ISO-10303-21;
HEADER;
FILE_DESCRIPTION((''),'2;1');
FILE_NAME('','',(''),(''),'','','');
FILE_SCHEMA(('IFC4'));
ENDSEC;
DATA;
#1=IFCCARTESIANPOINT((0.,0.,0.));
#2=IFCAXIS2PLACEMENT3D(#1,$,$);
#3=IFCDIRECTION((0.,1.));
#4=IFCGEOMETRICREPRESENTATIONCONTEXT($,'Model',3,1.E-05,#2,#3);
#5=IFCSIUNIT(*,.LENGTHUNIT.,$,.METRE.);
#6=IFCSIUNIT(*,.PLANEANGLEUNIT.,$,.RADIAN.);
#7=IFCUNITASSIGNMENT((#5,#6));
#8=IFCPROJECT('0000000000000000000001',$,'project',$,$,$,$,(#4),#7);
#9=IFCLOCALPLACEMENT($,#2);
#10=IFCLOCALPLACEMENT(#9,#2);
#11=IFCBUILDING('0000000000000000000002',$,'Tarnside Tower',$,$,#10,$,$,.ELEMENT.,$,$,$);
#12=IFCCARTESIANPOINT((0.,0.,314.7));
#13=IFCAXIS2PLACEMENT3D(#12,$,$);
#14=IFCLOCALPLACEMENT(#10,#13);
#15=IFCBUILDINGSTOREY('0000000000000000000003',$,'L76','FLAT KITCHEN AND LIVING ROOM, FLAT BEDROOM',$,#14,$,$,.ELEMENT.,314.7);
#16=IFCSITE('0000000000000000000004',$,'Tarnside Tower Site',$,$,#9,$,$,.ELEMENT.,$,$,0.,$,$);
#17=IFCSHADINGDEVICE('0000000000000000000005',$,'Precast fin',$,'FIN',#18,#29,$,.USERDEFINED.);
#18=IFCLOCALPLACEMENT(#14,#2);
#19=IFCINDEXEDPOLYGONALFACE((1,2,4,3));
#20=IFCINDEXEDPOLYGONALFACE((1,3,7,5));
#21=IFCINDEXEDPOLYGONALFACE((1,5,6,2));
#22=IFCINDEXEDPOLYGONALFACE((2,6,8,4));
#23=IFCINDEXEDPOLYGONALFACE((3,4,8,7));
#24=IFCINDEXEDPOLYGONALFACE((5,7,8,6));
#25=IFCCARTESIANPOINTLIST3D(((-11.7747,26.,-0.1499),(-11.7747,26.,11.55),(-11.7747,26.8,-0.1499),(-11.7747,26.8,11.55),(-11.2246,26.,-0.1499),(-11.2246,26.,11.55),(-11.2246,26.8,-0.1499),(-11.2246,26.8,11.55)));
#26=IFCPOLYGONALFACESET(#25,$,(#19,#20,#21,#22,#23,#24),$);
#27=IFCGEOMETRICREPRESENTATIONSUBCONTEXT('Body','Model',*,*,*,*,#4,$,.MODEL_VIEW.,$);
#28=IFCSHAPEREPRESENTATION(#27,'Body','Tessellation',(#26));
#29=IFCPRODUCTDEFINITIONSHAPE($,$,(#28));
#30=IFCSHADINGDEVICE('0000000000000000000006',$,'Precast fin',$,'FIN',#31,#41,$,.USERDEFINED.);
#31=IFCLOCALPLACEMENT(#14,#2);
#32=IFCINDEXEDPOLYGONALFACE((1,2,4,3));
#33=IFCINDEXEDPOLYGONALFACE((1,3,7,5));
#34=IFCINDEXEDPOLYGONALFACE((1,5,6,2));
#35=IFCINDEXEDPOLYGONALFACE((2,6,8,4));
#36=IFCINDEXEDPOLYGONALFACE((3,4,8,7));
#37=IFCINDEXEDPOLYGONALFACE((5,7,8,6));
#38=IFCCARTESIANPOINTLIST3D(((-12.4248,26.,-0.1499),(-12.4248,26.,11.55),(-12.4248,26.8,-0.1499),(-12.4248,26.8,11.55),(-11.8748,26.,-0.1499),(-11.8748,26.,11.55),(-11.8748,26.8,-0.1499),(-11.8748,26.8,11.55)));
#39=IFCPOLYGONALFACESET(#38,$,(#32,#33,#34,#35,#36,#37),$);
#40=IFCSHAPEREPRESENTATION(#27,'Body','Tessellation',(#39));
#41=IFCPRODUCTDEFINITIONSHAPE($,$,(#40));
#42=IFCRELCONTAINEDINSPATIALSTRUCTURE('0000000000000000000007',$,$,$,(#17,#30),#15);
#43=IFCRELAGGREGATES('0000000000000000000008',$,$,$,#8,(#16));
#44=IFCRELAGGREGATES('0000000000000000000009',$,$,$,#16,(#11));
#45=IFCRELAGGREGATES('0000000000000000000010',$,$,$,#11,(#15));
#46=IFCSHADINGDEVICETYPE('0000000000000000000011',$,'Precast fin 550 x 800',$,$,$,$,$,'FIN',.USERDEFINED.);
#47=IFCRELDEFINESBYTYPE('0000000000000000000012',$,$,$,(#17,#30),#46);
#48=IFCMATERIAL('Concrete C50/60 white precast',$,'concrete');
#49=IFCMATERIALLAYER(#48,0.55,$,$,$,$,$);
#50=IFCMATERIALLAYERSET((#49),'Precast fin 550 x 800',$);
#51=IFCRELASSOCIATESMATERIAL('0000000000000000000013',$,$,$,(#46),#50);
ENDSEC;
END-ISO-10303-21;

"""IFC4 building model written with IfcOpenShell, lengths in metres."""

from ifc_helpers import new_model, si_unit, direction, frame, origin, place, context, subcontext, project, spatial, polyline, outline, extrude, material, layer, layer_set, type_object, element, save


model = new_model("IFC4")

# Units and contexts
model_context = context("Model", 3, precision=1e-05, world=origin(), true_north=direction((0.0, 1.0)))
body_context = subcontext(model_context, "Body", "Model", "MODEL_VIEW")
ifc_project = project(units=[si_unit("LENGTHUNIT", "METRE"), si_unit("PLANEANGLEUNIT", "RADIAN")], contexts=[model_context])

# Site, building, storey
site_placement = place(None, origin())
site = spatial("IfcSite", under=ifc_project, at=site_placement, Name="Tarnside Tower Site", CompositionType="ELEMENT", RefElevation=0.0)
building_placement = place(site_placement, origin())
building = spatial("IfcBuilding", under=site, at=building_placement, Name="Tarnside Tower", CompositionType="ELEMENT")
storey_placement = place(building_placement, frame((0.0, 0.0, 314.7)))
storey = spatial("IfcBuildingStorey", under=building, at=storey_placement, Name="L76", Description="FLAT KITCHEN AND LIVING ROOM, FLAT BEDROOM", CompositionType="ELEMENT", Elevation=314.7)

# Shading devices
ifc_material_1 = material(Name="Concrete C50/60 white precast", Category="concrete")
ifc_layer_1 = layer(ifc_material_1, 0.55)
ifc_layer_set_1 = layer_set([ifc_layer_1], Name="Precast fin 550 x 800")
shading_device_type = type_object("IfcShadingDeviceType", Name="Precast fin 550 x 800", ElementType="FIN", PredefinedType="USERDEFINED", material=ifc_layer_set_1)
for number, where, z_axis, x_axis, name in (
    (1, (-11.4998, 26.0, -0.1499), (1.0, 0.0, 0.0), (0.0, 1.0, 0.0), "Precast fin"),
    (2, (-12.1499, 26.0, -0.1499), (1.0, 0.0, 0.0), (0.0, 1.0, 0.0), "Precast fin"),
):
    element("IfcShadingDevice", number, at=place(storey_placement, frame(where, z_axis=z_axis, x_axis=x_axis)), inside=storey, type_object=shading_device_type, Name=name, ObjectType="FIN", PredefinedType="USERDEFINED", context=body_context, shape_type="SweptSolid", body=[
        extrude(outline(polyline([(0.0, 0.0), (0.8, 0.0), (0.8, 11.7), (0.0, 11.7), (0.0, 0.0)])), frame((0.0, 0.0, -0.2749)), (0.0, 0.0, 1.0), 0.55),
    ])

save(model, "model.ifc")
